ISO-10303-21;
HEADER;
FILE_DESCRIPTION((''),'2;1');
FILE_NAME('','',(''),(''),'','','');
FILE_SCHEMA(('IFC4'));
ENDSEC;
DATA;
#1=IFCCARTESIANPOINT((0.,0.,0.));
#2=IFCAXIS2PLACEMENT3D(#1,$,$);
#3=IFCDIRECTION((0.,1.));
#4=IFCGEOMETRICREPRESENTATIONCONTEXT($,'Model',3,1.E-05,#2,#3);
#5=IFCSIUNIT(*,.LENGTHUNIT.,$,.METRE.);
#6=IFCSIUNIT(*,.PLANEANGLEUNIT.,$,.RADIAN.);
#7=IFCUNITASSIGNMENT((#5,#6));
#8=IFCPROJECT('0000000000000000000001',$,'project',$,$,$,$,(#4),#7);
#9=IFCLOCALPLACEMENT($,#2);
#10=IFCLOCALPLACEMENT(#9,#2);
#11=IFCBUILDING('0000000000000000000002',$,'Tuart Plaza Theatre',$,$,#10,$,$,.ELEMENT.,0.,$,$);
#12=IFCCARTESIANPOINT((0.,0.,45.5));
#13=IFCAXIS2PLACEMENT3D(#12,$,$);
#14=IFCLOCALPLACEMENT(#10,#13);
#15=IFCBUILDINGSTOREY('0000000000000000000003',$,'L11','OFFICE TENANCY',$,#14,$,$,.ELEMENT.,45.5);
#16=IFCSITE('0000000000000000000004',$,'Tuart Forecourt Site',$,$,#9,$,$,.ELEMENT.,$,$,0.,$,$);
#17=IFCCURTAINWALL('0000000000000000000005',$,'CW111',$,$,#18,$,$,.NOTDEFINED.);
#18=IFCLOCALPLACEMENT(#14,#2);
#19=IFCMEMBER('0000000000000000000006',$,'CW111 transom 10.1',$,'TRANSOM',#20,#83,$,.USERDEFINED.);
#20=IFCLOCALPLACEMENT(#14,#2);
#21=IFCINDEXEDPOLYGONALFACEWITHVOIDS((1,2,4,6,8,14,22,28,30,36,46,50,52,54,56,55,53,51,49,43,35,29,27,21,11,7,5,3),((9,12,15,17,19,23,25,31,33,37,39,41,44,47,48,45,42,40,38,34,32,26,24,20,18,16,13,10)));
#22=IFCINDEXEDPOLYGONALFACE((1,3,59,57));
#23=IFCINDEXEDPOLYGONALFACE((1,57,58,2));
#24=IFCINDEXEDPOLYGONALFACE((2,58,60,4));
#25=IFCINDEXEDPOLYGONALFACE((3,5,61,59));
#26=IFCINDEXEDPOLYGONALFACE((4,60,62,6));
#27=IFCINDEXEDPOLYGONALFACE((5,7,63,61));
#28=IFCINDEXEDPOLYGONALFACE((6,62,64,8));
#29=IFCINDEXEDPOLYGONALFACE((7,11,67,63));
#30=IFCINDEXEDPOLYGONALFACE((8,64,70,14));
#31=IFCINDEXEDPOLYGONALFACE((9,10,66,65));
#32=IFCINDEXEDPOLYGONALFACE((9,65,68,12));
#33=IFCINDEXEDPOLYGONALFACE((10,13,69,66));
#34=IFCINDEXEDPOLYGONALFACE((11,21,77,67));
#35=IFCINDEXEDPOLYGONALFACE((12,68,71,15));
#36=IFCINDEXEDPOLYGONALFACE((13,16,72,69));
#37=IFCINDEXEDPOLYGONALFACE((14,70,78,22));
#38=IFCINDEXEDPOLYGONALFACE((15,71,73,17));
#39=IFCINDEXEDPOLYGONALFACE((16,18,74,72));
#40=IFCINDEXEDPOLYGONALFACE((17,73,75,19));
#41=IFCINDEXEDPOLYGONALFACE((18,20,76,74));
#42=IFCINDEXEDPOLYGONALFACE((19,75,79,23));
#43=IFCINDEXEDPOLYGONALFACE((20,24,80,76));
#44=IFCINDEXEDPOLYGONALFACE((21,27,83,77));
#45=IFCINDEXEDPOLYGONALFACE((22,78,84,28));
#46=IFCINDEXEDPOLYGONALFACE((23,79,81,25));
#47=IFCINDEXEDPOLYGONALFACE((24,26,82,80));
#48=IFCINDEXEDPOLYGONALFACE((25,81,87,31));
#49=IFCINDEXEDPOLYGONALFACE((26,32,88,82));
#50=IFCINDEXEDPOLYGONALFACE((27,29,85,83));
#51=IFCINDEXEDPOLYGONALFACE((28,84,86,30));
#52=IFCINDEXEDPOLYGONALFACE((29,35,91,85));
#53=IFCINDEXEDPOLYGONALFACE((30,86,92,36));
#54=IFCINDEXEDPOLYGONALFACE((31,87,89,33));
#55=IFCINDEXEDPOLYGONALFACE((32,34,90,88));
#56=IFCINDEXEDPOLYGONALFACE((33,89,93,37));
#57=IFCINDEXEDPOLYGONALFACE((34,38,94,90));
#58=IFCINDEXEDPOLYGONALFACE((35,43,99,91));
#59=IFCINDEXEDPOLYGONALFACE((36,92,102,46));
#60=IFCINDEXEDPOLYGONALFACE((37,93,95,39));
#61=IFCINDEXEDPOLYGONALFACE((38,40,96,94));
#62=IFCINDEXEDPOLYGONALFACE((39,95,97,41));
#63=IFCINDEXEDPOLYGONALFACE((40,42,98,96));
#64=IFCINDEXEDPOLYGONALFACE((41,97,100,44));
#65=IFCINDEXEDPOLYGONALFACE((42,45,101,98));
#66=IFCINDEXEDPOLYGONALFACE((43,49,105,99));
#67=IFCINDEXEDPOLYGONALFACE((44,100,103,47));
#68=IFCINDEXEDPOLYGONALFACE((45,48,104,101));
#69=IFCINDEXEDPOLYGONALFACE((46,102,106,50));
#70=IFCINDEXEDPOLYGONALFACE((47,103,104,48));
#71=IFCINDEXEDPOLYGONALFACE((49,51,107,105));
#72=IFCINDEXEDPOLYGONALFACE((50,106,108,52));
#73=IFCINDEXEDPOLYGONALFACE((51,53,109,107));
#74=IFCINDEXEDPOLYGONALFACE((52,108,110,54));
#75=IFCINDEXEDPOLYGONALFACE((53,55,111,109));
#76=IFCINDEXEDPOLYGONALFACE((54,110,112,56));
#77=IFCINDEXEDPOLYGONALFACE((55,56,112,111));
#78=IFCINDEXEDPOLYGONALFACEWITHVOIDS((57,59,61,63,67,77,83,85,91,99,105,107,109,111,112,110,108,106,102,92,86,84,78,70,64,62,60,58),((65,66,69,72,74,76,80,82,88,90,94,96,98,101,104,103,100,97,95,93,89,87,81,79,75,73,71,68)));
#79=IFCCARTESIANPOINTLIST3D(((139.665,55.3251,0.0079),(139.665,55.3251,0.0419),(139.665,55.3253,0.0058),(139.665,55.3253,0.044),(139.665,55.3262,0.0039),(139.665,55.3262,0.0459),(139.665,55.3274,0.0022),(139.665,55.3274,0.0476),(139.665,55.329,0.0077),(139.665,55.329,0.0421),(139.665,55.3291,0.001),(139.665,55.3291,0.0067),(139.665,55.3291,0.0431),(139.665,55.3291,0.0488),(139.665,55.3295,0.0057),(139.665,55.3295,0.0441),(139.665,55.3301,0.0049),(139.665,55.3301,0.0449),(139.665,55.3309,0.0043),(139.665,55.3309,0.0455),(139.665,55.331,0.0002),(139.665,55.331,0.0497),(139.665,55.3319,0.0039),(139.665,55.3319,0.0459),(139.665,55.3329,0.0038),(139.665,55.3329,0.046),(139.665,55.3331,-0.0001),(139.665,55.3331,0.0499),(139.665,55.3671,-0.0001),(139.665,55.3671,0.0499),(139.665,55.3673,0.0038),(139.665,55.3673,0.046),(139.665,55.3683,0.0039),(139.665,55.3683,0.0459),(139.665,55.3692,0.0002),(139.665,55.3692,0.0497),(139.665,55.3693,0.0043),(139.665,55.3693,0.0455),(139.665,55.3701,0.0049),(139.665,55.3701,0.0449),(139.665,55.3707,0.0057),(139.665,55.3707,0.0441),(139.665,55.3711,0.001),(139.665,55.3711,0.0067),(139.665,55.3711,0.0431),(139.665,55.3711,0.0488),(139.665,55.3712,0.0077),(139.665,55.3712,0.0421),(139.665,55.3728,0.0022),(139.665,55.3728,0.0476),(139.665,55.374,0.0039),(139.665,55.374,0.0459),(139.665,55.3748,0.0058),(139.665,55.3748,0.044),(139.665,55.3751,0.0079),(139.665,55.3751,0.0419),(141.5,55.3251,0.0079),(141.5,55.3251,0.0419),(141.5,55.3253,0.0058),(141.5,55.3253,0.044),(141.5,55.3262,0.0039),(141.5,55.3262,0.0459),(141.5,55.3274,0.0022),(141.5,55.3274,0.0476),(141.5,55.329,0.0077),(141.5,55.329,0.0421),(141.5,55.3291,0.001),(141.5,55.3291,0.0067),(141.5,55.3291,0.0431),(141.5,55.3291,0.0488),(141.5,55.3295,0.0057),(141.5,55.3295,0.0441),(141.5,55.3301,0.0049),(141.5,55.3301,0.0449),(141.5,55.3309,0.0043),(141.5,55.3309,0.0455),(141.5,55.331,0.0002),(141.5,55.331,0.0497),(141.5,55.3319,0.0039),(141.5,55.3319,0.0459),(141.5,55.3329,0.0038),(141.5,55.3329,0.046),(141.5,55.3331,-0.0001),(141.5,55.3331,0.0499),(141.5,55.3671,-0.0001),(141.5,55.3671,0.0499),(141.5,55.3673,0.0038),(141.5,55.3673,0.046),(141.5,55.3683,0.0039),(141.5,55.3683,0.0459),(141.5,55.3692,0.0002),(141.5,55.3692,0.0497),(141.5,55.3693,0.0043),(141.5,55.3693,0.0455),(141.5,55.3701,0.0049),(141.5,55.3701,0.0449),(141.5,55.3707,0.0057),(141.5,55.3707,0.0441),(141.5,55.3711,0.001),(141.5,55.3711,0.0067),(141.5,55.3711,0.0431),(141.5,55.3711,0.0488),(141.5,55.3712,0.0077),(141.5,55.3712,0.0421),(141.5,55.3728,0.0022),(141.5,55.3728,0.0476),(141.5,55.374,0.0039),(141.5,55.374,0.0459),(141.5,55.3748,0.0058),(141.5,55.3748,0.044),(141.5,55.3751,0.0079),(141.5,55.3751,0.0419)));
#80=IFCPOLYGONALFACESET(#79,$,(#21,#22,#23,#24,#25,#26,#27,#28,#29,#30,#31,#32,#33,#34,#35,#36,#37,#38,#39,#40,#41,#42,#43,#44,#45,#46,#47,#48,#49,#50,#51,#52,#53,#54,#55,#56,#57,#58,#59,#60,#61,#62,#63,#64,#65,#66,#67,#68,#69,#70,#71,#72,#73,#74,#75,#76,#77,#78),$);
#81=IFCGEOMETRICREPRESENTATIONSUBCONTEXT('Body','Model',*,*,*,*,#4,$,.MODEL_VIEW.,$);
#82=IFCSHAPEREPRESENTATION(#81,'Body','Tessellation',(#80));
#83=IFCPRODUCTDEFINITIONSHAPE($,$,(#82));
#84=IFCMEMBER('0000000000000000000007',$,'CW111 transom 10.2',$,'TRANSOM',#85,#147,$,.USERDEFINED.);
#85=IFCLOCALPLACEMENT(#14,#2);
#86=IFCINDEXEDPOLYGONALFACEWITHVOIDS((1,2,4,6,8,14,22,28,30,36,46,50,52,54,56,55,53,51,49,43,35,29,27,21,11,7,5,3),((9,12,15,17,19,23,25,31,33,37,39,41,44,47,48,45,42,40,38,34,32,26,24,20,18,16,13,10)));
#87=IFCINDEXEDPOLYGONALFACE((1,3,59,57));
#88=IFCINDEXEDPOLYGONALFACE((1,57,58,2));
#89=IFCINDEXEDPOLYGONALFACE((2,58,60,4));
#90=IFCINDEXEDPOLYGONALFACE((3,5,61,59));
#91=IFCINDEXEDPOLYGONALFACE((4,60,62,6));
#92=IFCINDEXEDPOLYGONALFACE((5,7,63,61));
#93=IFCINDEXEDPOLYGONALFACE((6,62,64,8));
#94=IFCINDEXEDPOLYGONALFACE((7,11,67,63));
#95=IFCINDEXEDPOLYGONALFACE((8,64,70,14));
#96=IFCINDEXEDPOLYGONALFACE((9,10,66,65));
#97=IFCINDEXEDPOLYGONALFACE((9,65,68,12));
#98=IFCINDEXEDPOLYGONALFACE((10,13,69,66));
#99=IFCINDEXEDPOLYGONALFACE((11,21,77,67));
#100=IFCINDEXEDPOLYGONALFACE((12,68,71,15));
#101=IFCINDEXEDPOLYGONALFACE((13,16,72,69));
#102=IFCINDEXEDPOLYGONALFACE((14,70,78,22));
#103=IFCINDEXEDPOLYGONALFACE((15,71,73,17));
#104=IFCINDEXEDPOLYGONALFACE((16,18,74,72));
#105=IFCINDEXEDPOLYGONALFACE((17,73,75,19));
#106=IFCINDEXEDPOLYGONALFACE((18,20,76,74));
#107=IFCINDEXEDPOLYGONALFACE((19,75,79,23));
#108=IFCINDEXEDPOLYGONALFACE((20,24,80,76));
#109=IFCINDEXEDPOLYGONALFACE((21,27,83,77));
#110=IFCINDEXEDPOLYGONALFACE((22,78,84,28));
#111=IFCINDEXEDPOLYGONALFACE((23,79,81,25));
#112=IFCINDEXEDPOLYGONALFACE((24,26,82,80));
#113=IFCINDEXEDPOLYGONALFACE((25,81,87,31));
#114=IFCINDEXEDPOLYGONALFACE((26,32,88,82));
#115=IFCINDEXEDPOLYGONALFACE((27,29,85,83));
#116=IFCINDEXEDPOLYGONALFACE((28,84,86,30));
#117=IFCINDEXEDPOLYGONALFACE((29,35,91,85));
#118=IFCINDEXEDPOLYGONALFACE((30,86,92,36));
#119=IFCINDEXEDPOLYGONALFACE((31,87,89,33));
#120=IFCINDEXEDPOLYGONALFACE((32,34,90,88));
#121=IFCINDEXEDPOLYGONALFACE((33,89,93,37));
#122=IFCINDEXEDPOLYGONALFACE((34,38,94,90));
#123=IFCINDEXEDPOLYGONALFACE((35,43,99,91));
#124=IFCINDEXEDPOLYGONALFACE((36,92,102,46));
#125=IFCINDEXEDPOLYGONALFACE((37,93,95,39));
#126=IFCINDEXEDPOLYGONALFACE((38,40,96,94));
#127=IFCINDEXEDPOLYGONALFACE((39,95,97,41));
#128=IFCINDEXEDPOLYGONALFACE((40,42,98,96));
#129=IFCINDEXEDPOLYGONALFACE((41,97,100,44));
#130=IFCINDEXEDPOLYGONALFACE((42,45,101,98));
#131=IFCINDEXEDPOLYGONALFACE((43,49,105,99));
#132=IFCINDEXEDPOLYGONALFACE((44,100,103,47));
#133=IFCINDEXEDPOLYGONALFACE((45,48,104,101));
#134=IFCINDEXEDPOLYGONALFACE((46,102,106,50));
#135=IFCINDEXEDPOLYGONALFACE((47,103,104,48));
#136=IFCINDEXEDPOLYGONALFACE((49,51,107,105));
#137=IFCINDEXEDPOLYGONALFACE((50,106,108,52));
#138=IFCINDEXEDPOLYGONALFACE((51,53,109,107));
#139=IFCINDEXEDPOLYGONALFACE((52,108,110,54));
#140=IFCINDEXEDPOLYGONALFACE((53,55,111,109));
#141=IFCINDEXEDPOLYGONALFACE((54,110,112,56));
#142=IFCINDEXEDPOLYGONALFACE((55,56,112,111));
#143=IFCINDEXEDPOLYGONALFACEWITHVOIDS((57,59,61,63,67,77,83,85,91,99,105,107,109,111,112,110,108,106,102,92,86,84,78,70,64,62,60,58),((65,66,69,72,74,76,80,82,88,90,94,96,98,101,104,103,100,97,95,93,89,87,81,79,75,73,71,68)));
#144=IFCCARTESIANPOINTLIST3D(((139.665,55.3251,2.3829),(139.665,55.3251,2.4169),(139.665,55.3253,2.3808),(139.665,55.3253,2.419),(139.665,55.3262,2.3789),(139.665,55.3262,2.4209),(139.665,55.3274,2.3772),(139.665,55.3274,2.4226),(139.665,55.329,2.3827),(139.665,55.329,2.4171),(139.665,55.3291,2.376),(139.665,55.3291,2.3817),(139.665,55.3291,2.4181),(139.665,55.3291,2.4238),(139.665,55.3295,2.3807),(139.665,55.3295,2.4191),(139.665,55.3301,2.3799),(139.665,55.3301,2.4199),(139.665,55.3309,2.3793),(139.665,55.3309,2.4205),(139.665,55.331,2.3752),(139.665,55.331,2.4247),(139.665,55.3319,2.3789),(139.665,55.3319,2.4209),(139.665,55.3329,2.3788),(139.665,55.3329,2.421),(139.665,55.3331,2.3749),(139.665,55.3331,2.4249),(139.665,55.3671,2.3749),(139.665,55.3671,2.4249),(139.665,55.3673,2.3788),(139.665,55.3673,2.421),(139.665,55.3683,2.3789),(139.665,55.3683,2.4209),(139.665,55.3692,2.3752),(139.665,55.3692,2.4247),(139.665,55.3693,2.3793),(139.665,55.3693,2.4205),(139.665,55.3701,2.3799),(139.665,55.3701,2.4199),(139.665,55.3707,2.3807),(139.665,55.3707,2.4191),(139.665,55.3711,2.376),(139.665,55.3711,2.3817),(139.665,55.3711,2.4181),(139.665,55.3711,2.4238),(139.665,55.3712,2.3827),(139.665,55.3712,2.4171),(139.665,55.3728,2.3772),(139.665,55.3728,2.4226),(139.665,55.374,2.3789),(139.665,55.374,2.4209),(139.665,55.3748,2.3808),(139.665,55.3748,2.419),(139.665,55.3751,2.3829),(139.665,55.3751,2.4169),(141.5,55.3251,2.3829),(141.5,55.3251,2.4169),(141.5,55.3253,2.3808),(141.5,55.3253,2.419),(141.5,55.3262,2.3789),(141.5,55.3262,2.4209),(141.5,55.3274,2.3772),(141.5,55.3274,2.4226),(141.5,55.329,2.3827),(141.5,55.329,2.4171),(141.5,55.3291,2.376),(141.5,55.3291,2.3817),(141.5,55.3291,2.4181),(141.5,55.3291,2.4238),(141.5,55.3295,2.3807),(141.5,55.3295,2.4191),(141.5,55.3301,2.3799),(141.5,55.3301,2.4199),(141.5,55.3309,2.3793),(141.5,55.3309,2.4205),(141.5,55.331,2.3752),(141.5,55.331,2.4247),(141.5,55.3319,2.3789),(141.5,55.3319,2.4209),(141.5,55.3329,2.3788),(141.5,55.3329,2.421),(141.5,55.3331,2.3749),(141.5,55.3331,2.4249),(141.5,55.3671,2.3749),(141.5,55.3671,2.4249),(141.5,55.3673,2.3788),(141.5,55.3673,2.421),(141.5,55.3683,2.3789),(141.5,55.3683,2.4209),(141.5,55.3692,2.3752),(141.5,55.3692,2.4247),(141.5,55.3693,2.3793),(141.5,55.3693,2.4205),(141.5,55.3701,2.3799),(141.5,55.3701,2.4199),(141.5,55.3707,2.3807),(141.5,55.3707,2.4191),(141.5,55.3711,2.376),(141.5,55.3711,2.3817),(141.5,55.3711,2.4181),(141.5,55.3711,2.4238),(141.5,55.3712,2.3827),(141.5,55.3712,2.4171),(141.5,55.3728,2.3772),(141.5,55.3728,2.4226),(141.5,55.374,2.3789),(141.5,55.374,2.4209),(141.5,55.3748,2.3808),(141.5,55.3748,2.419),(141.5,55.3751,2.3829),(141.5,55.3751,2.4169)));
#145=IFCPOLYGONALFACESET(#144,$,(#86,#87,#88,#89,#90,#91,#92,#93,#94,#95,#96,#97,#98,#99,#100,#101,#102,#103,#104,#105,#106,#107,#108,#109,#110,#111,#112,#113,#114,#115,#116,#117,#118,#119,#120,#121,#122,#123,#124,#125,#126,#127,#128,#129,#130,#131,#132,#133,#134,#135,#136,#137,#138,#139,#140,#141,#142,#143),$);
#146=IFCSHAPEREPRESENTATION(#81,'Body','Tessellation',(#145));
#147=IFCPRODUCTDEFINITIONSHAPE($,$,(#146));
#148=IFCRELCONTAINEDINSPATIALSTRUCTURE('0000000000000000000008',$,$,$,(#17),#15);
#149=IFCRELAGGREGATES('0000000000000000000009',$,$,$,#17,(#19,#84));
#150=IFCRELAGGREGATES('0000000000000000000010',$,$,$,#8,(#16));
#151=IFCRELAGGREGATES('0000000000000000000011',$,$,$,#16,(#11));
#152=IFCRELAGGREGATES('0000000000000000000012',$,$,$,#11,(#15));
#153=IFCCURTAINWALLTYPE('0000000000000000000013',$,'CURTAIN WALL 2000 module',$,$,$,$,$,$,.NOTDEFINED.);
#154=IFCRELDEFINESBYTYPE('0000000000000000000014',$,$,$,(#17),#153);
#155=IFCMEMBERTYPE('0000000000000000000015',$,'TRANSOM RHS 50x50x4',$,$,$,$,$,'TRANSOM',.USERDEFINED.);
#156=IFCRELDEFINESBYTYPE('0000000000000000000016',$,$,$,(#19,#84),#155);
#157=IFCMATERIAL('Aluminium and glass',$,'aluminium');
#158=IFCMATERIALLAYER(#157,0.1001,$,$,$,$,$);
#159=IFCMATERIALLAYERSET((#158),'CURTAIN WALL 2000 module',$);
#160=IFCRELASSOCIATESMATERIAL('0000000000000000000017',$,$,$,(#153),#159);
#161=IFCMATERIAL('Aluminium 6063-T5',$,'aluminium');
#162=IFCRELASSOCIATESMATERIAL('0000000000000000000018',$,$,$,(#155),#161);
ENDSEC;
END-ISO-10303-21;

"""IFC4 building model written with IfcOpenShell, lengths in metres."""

from ifc_helpers import new_model, si_unit, direction, frame, origin, origin_2d, place, context, subcontext, project, spatial, hollow_rectangle, extrude, material, layer, layer_set, material_profile, profile_set, type_object, element, aggregate, save


model = new_model("IFC4")

# Units and contexts
model_context = context("Model", 3, precision=1e-05, world=origin(), true_north=direction((0.0, 1.0)))
body_context = subcontext(model_context, "Body", "Model", "MODEL_VIEW")
ifc_project = project(units=[si_unit("LENGTHUNIT", "METRE"), si_unit("PLANEANGLEUNIT", "RADIAN")], contexts=[model_context])

# Site, building, storey
site_placement = place(None, origin())
site = spatial("IfcSite", under=ifc_project, at=site_placement, Name="Tuart Forecourt Site", CompositionType="ELEMENT", RefElevation=0.0)
building_placement = place(site_placement, origin())
building = spatial("IfcBuilding", under=site, at=building_placement, Name="Tuart Plaza Theatre", CompositionType="ELEMENT", ElevationOfRefHeight=0.0)
storey_placement = place(building_placement, frame((0.0, 0.0, 45.5)))
storey = spatial("IfcBuildingStorey", under=building, at=storey_placement, Name="L11", Description="OFFICE TENANCY", CompositionType="ELEMENT", Elevation=45.5)

# Shared definitions
ifc_material_1 = material(Name="Aluminium and glass", Category="aluminium")
ifc_layer_1 = layer(ifc_material_1, 0.1001)
ifc_layer_set_1 = layer_set([ifc_layer_1], Name="CURTAIN WALL 2000 module")
curtain_wall_type = type_object("IfcCurtainWallType", Name="CURTAIN WALL 2000 module", PredefinedType="NOTDEFINED", material=ifc_layer_set_1)

# Curtain wall
curtain_wall_1_placement = place(storey_placement, origin())
curtain_wall_1 = element("IfcCurtainWall", 1, at=curtain_wall_1_placement, inside=storey, type_object=curtain_wall_type, Name="CW111", PredefinedType="NOTDEFINED")

# Members
ifc_material_2 = material(Name="Aluminium 6063-T5", Category="aluminium")
ifc_material_profile_1 = material_profile(ifc_material_2, hollow_rectangle(XDim=0.05, YDim=0.05, WallThickness=0.0039, InnerFilletRadius=0.0039, OuterFilletRadius=0.0081, at=origin_2d()), Name="RHS 50x50x4")
ifc_profile_set_1 = profile_set([ifc_material_profile_1], Name="Aluminium 6063-T5")
member_type_1 = type_object("IfcMemberType", Name="TRANSOM RHS 50x50x4", ElementType="TRANSOM", PredefinedType="USERDEFINED", material=ifc_profile_set_1)
member_1_placement = place(storey_placement, frame((139.665, 55.3501, 0.0249), z_axis=(1.0, 0.0, 0.0), x_axis=(0.0, 1.0, 0.0)))
member_1 = element("IfcMember", 2, at=member_1_placement, type_object=member_type_1, Name="CW111 transom 10.1", ObjectType="TRANSOM", PredefinedType="USERDEFINED", context=body_context, shape_type="SweptSolid", body=[
    extrude(hollow_rectangle(XDim=0.05, YDim=0.05, WallThickness=0.0039, InnerFilletRadius=0.0039, OuterFilletRadius=0.0081, at=origin_2d()), origin(), (0.0, 0.0, 1.0), 1.835),
])
member_2_placement = place(storey_placement, frame((139.665, 55.3501, 2.3999), z_axis=(1.0, 0.0, 0.0), x_axis=(0.0, 1.0, 0.0)))
member_2 = element("IfcMember", 3, at=member_2_placement, type_object=member_type_1, Name="CW111 transom 10.2", ObjectType="TRANSOM", PredefinedType="USERDEFINED", context=body_context, shape_type="SweptSolid", body=[
    extrude(hollow_rectangle(XDim=0.05, YDim=0.05, WallThickness=0.0039, InnerFilletRadius=0.0039, OuterFilletRadius=0.0081, at=origin_2d()), origin(), (0.0, 0.0, 1.0), 1.835),
])

aggregate(curtain_wall_1, [member_1, member_2])

save(model, "model.ifc")
